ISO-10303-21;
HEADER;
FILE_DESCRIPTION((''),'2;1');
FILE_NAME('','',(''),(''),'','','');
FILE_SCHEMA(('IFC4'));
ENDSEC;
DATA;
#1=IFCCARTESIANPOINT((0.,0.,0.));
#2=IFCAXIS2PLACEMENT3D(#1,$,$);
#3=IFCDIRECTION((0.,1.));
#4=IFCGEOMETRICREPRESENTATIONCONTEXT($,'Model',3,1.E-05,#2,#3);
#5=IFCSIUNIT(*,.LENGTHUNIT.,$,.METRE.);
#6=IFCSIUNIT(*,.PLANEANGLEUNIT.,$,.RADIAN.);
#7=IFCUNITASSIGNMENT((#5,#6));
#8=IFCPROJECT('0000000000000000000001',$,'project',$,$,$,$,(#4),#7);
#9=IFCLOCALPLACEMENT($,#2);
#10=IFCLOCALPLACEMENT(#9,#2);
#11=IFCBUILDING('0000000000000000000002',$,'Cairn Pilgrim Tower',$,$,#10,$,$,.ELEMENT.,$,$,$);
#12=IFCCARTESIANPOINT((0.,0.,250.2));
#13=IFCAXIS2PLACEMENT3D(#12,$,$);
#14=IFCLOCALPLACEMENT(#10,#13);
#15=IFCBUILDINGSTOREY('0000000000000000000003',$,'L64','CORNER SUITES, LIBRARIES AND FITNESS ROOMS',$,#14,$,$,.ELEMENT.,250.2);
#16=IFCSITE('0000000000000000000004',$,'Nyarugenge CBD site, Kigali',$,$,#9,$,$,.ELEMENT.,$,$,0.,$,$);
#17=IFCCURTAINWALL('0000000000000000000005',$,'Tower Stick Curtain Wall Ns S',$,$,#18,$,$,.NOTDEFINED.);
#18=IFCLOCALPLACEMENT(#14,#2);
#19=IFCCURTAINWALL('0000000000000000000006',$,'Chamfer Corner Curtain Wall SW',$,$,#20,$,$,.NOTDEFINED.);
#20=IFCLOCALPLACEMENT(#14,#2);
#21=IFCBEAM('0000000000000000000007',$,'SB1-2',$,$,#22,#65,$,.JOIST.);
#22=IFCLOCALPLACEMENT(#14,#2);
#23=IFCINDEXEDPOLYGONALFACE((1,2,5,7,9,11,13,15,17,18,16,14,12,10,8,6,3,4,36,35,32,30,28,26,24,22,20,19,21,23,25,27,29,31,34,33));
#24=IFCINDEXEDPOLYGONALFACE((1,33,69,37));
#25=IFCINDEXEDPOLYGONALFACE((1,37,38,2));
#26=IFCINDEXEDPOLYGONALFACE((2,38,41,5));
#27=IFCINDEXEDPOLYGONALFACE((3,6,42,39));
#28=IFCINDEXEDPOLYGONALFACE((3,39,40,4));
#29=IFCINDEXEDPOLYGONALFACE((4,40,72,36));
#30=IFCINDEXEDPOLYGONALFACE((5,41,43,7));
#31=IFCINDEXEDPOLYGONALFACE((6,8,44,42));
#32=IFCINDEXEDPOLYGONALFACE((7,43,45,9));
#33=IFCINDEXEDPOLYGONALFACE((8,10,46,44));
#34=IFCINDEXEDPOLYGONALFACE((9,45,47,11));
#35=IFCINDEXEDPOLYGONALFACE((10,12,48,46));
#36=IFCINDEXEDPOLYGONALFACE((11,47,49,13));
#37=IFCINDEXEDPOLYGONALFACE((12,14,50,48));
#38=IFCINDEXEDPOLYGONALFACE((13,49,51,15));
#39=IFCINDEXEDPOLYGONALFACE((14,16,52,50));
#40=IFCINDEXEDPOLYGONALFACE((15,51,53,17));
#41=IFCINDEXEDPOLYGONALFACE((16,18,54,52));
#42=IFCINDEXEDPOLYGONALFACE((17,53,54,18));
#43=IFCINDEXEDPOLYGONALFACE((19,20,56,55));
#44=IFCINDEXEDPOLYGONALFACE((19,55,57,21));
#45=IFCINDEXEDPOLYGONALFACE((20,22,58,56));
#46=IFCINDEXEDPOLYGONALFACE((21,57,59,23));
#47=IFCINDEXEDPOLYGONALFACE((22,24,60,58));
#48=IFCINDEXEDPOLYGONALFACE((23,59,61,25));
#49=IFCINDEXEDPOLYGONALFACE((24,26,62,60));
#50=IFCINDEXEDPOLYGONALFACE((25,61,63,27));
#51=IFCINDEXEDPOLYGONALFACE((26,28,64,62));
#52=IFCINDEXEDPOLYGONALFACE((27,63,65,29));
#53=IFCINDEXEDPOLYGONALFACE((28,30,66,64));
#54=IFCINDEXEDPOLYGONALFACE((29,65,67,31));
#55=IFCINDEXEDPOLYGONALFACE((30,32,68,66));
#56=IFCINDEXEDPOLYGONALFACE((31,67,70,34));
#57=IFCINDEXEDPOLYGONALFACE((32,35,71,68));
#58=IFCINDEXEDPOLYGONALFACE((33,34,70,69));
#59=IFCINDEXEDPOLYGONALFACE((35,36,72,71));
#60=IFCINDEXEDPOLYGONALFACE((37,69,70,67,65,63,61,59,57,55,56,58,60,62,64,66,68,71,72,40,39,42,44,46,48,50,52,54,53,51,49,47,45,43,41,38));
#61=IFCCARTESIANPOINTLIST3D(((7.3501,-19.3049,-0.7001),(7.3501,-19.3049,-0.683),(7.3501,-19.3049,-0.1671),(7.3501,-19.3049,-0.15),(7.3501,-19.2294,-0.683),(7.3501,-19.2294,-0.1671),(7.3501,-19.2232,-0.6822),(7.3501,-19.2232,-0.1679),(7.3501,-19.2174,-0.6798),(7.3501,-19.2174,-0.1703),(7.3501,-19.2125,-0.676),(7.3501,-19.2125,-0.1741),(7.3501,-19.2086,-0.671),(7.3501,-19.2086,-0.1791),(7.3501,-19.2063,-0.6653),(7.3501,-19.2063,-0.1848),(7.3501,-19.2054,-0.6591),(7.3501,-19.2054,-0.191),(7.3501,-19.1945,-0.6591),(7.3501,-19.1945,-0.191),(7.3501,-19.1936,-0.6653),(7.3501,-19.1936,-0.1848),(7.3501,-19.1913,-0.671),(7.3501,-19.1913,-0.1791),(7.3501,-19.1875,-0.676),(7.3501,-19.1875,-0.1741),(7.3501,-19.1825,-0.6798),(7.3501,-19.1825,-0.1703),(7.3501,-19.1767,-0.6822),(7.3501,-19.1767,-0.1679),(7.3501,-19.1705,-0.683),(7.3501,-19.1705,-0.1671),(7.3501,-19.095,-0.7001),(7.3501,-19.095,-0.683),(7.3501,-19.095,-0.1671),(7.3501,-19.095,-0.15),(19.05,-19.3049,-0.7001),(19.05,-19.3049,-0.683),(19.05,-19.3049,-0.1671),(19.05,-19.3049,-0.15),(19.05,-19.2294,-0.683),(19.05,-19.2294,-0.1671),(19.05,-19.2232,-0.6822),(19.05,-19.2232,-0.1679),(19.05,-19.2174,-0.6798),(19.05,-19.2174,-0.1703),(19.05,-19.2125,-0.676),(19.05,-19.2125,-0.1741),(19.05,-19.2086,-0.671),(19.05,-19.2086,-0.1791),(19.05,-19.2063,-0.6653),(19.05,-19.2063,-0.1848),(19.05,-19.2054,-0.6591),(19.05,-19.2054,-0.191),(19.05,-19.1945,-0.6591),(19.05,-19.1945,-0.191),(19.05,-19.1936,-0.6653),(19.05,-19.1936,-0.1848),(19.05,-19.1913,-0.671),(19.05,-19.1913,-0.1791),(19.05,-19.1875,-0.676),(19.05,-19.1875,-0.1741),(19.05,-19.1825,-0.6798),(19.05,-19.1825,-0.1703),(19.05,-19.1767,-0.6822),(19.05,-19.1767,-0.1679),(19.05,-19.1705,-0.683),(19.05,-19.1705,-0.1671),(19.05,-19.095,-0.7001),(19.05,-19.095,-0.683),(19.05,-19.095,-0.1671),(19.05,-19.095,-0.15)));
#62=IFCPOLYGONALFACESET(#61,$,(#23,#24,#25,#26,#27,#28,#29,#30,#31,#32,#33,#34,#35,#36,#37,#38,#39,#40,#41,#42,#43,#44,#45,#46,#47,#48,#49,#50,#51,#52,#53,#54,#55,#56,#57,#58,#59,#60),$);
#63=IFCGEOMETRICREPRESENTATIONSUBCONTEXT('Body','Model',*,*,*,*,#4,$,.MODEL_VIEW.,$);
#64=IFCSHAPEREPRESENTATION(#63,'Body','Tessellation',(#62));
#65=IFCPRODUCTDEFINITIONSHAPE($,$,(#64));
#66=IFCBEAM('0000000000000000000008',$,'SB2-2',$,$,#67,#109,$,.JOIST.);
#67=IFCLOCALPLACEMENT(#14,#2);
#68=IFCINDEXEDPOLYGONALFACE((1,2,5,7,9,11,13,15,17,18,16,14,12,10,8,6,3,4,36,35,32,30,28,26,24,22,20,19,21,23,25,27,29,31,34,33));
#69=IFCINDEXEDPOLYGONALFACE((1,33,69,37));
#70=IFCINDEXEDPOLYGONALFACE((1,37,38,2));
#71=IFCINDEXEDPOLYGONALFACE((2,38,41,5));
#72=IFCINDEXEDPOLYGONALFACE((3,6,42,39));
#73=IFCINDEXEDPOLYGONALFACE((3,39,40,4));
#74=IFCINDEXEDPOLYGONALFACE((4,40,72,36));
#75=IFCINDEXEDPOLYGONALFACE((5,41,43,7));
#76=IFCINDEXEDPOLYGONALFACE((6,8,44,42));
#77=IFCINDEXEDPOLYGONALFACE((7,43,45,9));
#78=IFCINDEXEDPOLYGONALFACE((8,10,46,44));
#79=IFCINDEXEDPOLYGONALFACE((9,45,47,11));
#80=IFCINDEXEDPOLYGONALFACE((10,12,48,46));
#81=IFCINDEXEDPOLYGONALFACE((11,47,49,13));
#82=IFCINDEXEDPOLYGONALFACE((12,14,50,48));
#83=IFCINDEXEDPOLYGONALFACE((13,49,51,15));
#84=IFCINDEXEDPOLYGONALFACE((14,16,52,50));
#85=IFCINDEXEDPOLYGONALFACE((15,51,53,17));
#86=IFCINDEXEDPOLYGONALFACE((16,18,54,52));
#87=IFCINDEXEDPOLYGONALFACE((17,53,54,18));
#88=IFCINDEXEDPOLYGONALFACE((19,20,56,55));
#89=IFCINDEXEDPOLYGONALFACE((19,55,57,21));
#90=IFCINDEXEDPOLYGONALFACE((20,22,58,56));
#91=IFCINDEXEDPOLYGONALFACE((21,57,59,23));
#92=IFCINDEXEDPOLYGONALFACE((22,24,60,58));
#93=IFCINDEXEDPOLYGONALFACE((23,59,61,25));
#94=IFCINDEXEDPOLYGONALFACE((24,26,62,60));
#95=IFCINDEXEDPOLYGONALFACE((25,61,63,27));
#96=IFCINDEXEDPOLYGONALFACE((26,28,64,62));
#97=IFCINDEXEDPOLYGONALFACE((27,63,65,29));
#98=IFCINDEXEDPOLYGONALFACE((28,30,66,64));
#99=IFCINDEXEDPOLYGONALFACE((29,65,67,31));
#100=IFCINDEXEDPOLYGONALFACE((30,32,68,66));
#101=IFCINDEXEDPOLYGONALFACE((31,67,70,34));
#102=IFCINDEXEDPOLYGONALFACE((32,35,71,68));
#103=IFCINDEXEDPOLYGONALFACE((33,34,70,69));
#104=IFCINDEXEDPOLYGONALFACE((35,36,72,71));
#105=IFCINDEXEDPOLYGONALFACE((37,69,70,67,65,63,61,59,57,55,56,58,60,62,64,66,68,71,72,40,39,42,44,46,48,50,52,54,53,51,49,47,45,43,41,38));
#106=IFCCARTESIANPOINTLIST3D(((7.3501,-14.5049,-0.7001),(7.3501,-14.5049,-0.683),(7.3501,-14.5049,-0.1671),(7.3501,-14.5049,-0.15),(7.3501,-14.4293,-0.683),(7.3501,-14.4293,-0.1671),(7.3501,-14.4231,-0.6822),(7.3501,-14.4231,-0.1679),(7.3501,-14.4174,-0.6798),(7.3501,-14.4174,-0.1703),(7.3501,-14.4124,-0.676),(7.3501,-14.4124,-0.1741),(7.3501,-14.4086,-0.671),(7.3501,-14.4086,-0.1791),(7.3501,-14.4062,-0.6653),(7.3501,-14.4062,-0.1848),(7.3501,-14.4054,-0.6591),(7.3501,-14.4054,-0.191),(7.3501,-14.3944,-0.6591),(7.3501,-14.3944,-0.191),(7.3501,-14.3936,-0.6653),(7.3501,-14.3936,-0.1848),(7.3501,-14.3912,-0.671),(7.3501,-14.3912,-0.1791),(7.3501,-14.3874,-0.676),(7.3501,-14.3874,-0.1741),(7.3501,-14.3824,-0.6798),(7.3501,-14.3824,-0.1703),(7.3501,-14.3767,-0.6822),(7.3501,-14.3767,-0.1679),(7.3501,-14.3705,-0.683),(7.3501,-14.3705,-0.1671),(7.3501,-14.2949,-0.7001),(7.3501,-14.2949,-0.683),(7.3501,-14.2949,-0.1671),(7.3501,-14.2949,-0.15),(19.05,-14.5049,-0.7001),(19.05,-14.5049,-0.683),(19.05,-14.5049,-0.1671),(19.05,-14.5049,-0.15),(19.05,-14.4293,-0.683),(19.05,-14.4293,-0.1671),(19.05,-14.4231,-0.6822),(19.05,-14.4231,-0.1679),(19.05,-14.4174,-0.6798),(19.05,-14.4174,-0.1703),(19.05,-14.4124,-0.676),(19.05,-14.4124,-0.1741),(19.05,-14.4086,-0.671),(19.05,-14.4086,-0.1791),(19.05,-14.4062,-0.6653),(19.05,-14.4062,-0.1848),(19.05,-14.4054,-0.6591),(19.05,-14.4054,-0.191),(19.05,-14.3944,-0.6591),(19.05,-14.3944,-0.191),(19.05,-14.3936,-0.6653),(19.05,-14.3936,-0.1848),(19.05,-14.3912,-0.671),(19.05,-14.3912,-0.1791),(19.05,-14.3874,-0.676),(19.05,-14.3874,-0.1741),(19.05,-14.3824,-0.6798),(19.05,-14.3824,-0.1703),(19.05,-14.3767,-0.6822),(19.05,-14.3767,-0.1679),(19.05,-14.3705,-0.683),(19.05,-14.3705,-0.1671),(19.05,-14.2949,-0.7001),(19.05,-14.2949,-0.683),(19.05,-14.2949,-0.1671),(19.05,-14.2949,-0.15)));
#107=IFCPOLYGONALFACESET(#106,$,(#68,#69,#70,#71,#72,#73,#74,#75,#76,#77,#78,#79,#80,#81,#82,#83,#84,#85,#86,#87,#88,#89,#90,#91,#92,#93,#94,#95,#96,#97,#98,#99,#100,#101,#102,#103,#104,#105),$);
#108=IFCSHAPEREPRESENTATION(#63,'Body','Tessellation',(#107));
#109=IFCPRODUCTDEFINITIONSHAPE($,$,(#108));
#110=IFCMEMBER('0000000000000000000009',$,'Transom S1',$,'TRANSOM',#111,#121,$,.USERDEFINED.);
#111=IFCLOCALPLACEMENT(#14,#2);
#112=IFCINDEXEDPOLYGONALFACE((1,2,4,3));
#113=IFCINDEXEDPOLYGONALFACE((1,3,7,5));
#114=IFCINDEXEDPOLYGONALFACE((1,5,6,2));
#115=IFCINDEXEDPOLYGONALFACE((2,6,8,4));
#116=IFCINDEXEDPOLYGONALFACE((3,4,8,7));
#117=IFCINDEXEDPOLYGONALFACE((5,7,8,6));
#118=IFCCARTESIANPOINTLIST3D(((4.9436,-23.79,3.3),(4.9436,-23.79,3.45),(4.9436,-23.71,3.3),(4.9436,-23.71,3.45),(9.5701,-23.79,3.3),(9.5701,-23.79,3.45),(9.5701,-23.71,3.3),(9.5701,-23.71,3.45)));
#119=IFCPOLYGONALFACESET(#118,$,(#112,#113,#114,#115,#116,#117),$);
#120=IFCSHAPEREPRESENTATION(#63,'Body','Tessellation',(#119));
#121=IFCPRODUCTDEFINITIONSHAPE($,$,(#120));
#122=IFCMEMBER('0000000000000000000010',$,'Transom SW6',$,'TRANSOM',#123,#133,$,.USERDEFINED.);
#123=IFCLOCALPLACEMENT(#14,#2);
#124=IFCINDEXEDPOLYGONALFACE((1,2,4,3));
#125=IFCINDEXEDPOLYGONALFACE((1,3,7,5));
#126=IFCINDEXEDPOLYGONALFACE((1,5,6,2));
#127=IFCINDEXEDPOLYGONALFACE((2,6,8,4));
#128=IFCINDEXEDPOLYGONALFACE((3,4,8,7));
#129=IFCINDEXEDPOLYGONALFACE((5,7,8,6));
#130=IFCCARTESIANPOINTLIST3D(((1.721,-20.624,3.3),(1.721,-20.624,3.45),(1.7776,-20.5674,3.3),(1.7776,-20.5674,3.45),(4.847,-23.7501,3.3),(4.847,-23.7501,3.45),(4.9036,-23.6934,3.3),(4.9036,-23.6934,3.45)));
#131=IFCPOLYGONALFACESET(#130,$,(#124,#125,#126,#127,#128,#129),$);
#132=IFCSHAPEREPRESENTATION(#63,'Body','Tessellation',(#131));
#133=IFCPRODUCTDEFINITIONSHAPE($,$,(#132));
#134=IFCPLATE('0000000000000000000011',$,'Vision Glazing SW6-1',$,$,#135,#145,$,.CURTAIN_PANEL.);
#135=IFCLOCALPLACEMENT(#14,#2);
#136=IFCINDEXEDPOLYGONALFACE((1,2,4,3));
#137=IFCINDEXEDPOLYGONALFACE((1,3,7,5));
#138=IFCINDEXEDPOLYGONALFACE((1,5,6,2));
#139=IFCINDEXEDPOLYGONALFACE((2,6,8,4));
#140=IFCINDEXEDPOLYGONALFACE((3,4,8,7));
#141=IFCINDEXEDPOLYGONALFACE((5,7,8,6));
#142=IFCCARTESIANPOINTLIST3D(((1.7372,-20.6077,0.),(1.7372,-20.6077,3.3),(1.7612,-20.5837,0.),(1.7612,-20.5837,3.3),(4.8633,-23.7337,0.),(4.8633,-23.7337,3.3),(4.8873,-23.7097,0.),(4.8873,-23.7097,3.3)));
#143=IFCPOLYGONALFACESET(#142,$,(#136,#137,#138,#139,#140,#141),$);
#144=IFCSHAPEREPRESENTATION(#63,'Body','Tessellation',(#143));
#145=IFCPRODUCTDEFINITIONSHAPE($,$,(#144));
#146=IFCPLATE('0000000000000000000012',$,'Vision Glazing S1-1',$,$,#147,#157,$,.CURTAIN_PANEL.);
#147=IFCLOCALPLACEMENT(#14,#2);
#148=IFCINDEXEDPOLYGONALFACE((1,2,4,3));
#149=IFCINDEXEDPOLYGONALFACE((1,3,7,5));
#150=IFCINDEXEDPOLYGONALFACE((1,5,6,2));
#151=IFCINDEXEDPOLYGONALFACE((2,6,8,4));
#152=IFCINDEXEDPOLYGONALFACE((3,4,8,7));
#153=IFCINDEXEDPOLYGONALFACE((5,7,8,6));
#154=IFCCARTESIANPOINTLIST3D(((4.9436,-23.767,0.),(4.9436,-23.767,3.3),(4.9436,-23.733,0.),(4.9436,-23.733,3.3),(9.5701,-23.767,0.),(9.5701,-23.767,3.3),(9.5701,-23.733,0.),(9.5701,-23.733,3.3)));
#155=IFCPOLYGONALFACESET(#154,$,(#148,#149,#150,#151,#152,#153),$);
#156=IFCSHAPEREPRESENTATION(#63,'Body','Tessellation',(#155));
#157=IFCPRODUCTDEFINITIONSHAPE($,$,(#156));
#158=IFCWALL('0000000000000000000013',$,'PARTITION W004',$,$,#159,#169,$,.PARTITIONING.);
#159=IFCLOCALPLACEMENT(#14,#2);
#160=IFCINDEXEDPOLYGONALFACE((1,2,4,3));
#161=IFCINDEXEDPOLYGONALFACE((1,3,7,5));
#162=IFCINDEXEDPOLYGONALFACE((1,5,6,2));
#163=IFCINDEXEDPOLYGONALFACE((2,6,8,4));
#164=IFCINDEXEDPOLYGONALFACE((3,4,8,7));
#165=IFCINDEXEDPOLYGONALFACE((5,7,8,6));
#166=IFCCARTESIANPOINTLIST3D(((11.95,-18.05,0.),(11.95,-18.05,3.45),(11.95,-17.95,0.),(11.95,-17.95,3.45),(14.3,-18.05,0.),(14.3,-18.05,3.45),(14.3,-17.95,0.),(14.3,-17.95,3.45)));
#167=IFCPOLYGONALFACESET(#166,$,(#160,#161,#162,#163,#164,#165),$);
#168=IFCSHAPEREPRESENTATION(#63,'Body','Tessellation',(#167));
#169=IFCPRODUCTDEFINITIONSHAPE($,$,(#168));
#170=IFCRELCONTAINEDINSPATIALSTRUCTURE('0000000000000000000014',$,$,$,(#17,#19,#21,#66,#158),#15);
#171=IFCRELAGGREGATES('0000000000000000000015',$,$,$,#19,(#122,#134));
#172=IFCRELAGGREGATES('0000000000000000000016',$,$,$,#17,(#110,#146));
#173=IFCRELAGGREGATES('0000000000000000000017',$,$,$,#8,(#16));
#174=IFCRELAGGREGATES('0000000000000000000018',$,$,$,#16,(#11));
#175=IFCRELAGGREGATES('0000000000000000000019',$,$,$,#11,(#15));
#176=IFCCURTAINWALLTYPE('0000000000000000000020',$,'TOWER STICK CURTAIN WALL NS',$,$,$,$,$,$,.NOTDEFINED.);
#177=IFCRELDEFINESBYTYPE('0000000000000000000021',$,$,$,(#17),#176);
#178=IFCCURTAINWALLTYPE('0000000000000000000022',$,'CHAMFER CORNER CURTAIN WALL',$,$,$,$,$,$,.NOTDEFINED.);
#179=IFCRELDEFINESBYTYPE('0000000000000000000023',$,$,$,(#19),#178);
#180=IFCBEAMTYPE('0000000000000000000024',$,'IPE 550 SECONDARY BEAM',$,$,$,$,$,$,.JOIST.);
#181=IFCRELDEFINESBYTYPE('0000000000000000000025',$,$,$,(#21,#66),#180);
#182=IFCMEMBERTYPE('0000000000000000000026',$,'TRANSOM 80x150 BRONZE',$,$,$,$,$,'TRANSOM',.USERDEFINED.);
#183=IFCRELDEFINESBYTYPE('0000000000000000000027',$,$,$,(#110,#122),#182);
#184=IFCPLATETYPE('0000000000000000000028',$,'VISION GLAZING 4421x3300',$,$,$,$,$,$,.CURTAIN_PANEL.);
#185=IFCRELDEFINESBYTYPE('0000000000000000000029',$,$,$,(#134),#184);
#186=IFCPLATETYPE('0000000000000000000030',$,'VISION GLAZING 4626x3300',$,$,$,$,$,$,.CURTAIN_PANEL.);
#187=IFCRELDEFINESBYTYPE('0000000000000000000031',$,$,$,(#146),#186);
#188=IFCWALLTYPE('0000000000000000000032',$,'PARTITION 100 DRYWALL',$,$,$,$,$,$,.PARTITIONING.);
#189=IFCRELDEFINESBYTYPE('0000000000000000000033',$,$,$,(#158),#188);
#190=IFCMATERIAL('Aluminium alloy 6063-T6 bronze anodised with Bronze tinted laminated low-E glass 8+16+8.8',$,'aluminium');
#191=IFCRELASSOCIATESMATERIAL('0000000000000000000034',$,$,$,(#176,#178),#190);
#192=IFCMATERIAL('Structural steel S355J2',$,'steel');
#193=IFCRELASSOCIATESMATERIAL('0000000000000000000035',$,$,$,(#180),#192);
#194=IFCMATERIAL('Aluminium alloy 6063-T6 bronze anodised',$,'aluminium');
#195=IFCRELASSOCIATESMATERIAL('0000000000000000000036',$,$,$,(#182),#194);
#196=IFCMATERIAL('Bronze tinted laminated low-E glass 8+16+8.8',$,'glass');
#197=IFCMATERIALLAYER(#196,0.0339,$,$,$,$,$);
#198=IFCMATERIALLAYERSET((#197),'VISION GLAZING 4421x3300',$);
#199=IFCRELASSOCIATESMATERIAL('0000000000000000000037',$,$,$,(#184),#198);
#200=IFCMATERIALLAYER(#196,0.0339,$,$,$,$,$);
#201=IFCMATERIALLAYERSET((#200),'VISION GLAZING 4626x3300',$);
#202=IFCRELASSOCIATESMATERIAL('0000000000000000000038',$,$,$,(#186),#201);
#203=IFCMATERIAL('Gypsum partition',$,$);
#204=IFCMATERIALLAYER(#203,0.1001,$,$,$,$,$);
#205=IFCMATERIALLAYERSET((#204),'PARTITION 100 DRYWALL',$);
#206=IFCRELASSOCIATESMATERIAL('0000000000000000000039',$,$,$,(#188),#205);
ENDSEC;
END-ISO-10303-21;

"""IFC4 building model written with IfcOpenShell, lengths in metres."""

from ifc_helpers import new_model, si_unit, direction, frame, frame_2d, origin, origin_2d, place, context, subcontext, project, spatial, rectangle, i_section, extrude, material, layer, layer_set, material_profile, profile_set, type_object, element, aggregate, save


model = new_model("IFC4")

# Units and contexts
model_context = context("Model", 3, precision=1e-05, world=origin(), true_north=direction((0.0, 1.0)))
body_context = subcontext(model_context, "Body", "Model", "MODEL_VIEW")
ifc_project = project(units=[si_unit("LENGTHUNIT", "METRE"), si_unit("PLANEANGLEUNIT", "RADIAN")], contexts=[model_context])

# Site, building, storey
site_placement = place(None, origin())
site = spatial("IfcSite", under=ifc_project, at=site_placement, Name="Nyarugenge CBD site, Kigali", CompositionType="ELEMENT", RefElevation=0.0)
building_placement = place(site_placement, origin())
building = spatial("IfcBuilding", under=site, at=building_placement, Name="Cairn Pilgrim Tower", CompositionType="ELEMENT")
storey_placement = place(building_placement, frame((0.0, 0.0, 250.2)))
storey = spatial("IfcBuildingStorey", under=building, at=storey_placement, Name="L64", Description="CORNER SUITES, LIBRARIES AND FITNESS ROOMS", CompositionType="ELEMENT", Elevation=250.2)

# Curtain wall
ifc_material_1 = material(Name="Aluminium alloy 6063-T6 bronze anodised with Bronze tinted laminated low-E glass 8+16+8.8", Category="aluminium")
curtain_wall_type_1 = type_object("IfcCurtainWallType", Name="TOWER STICK CURTAIN WALL NS", PredefinedType="NOTDEFINED", material=ifc_material_1)
curtain_wall_1_placement = place(storey_placement, origin())
curtain_wall_1 = element("IfcCurtainWall", 1, at=curtain_wall_1_placement, inside=storey, type_object=curtain_wall_type_1, Name="Tower Stick Curtain Wall Ns S", PredefinedType="NOTDEFINED")
ifc_material_2 = material(Name="Aluminium alloy 6063-T6 bronze anodised", Category="aluminium")

# Curtain wall
curtain_wall_type_2 = type_object("IfcCurtainWallType", Name="CHAMFER CORNER CURTAIN WALL", PredefinedType="NOTDEFINED", material=ifc_material_1)
curtain_wall_2_placement = place(storey_placement, origin())
curtain_wall_2 = element("IfcCurtainWall", 2, at=curtain_wall_2_placement, inside=storey, type_object=curtain_wall_type_2, Name="Chamfer Corner Curtain Wall SW", PredefinedType="NOTDEFINED")

# Beams
ifc_material_3 = material(Name="Structural steel S355J2", Category="steel")
ifc_material_profile_1 = material_profile(ifc_material_3, i_section(OverallWidth=0.21, OverallDepth=0.55, WebThickness=0.011, FlangeThickness=0.0171, FilletRadius=0.0239, at=origin_2d()), Name="IPE 550")
ifc_profile_set_1 = profile_set([ifc_material_profile_1], Name="Structural steel S355J2")
beam_type_1 = type_object("IfcBeamType", Name="IPE 550 SECONDARY BEAM", PredefinedType="JOIST", material=ifc_profile_set_1)
for number, where, z_axis, x_axis, name in (
    (3, (7.3501, -19.2, -0.425), (1.0, 0.0, 0.0), (0.0, 1.0, 0.0), "SB1-2"),
    (4, (7.3501, -14.3999, -0.425), (1.0, 0.0, 0.0), (0.0, 1.0, 0.0), "SB2-2"),
):
    element("IfcBeam", number, at=place(storey_placement, frame(where, z_axis=z_axis, x_axis=x_axis)), inside=storey, type_object=beam_type_1, Name=name, PredefinedType="JOIST", context=body_context, shape_type="SweptSolid", body=[
        extrude(i_section(OverallWidth=0.21, OverallDepth=0.55, WebThickness=0.011, FlangeThickness=0.0171, FilletRadius=0.0239, at=origin_2d()), origin(), (0.0, 0.0, 1.0), 11.7),
    ])

# Members
ifc_material_profile_2 = material_profile(ifc_material_2, rectangle(XDim=0.0801, YDim=0.1499, at=origin_2d()), Name="TRANSOM 80x150 BRONZE")
ifc_profile_set_2 = profile_set([ifc_material_profile_2], Name="Aluminium alloy 6063-T6 bronze anodised")
member_type_1 = type_object("IfcMemberType", Name="TRANSOM 80x150 BRONZE", ElementType="TRANSOM", PredefinedType="USERDEFINED", material=ifc_profile_set_2)
member_1_placement = place(storey_placement, frame((4.9436, -23.75, 3.375), z_axis=(1.0, 0.0, 0.0), x_axis=(0.0, 1.0, 0.0)))
member_1 = element("IfcMember", 5, at=member_1_placement, type_object=member_type_1, Name="Transom S1", ObjectType="TRANSOM", PredefinedType="USERDEFINED", context=body_context, shape_type="SweptSolid", body=[
    extrude(rectangle(XDim=0.0801, YDim=0.1499, at=origin_2d()), origin(), (0.0, 0.0, 1.0), 4.6265),
])
member_2_placement = place(storey_placement, frame((1.7493, -20.5957, 3.375), z_axis=(0.707107, -0.707107, 0.0), x_axis=(0.707107, 0.707107, 0.0)))
member_2 = element("IfcMember", 6, at=member_2_placement, type_object=member_type_1, Name="Transom SW6", ObjectType="TRANSOM", PredefinedType="USERDEFINED", context=body_context, shape_type="SweptSolid", body=[
    extrude(rectangle(XDim=0.0801, YDim=0.1499, at=origin_2d()), origin(), (0.0, 0.0, 1.0), 4.4209),
])

# Plates
ifc_material_4 = material(Name="Bronze tinted laminated low-E glass 8+16+8.8", Category="glass")
ifc_layer_1 = layer(ifc_material_4, 0.0339)
ifc_layer_set_1 = layer_set([ifc_layer_1], Name="VISION GLAZING 4421x3300")
plate_type_1 = type_object("IfcPlateType", Name="VISION GLAZING 4421x3300", PredefinedType="CURTAIN_PANEL", material=ifc_layer_set_1)
plate_1_placement = place(storey_placement, frame((3.3123, -22.1587, 0.0), z_axis=(0.0, 0.0, 1.0), x_axis=(0.707107, -0.707107, 0.0)))
plate_1 = element("IfcPlate", 7, at=plate_1_placement, type_object=plate_type_1, Name="Vision Glazing SW6-1", PredefinedType="CURTAIN_PANEL", context=body_context, shape_type="SweptSolid", body=[
    extrude(rectangle(XDim=4.4209, YDim=0.0339, at=origin_2d()), origin(), (0.0, 0.0, 1.0), 3.3),
])
aggregate(curtain_wall_2, [member_2, plate_1])
ifc_layer_2 = layer(ifc_material_4, 0.0339)
ifc_layer_set_2 = layer_set([ifc_layer_2], Name="VISION GLAZING 4626x3300")
plate_type_2 = type_object("IfcPlateType", Name="VISION GLAZING 4626x3300", PredefinedType="CURTAIN_PANEL", material=ifc_layer_set_2)
plate_2_placement = place(storey_placement, frame((7.2568, -23.75, 0.0), z_axis=(0.0, 0.0, 1.0), x_axis=(1.0, 0.0, 0.0)))
plate_2 = element("IfcPlate", 8, at=plate_2_placement, type_object=plate_type_2, Name="Vision Glazing S1-1", PredefinedType="CURTAIN_PANEL", context=body_context, shape_type="SweptSolid", body=[
    extrude(rectangle(XDim=4.6265, YDim=0.0339, at=origin_2d()), origin(), (0.0, 0.0, 1.0), 3.3),
])
aggregate(curtain_wall_1, [member_1, plate_2])

# Wall
ifc_material_5 = material(Name="Gypsum partition")
ifc_layer_3 = layer(ifc_material_5, 0.1001)
ifc_layer_set_3 = layer_set([ifc_layer_3], Name="PARTITION 100 DRYWALL")
wall_type_1 = type_object("IfcWallType", Name="PARTITION 100 DRYWALL", PredefinedType="PARTITIONING", material=ifc_layer_set_3)
wall_1_placement = place(storey_placement, frame((11.95, -18.0, 0.0), z_axis=(0.0, 0.0, 1.0), x_axis=(1.0, 0.0, 0.0)))
element("IfcWall", 9, at=wall_1_placement, inside=storey, type_object=wall_type_1, Name="PARTITION W004", PredefinedType="PARTITIONING", context=body_context, shape_type="SweptSolid", body=[
    extrude(rectangle(XDim=2.3501, YDim=0.1001, at=frame_2d((1.175, 0.0))), origin(), (0.0, 0.0, 1.0), 3.45),
])

save(model, "model.ifc")
